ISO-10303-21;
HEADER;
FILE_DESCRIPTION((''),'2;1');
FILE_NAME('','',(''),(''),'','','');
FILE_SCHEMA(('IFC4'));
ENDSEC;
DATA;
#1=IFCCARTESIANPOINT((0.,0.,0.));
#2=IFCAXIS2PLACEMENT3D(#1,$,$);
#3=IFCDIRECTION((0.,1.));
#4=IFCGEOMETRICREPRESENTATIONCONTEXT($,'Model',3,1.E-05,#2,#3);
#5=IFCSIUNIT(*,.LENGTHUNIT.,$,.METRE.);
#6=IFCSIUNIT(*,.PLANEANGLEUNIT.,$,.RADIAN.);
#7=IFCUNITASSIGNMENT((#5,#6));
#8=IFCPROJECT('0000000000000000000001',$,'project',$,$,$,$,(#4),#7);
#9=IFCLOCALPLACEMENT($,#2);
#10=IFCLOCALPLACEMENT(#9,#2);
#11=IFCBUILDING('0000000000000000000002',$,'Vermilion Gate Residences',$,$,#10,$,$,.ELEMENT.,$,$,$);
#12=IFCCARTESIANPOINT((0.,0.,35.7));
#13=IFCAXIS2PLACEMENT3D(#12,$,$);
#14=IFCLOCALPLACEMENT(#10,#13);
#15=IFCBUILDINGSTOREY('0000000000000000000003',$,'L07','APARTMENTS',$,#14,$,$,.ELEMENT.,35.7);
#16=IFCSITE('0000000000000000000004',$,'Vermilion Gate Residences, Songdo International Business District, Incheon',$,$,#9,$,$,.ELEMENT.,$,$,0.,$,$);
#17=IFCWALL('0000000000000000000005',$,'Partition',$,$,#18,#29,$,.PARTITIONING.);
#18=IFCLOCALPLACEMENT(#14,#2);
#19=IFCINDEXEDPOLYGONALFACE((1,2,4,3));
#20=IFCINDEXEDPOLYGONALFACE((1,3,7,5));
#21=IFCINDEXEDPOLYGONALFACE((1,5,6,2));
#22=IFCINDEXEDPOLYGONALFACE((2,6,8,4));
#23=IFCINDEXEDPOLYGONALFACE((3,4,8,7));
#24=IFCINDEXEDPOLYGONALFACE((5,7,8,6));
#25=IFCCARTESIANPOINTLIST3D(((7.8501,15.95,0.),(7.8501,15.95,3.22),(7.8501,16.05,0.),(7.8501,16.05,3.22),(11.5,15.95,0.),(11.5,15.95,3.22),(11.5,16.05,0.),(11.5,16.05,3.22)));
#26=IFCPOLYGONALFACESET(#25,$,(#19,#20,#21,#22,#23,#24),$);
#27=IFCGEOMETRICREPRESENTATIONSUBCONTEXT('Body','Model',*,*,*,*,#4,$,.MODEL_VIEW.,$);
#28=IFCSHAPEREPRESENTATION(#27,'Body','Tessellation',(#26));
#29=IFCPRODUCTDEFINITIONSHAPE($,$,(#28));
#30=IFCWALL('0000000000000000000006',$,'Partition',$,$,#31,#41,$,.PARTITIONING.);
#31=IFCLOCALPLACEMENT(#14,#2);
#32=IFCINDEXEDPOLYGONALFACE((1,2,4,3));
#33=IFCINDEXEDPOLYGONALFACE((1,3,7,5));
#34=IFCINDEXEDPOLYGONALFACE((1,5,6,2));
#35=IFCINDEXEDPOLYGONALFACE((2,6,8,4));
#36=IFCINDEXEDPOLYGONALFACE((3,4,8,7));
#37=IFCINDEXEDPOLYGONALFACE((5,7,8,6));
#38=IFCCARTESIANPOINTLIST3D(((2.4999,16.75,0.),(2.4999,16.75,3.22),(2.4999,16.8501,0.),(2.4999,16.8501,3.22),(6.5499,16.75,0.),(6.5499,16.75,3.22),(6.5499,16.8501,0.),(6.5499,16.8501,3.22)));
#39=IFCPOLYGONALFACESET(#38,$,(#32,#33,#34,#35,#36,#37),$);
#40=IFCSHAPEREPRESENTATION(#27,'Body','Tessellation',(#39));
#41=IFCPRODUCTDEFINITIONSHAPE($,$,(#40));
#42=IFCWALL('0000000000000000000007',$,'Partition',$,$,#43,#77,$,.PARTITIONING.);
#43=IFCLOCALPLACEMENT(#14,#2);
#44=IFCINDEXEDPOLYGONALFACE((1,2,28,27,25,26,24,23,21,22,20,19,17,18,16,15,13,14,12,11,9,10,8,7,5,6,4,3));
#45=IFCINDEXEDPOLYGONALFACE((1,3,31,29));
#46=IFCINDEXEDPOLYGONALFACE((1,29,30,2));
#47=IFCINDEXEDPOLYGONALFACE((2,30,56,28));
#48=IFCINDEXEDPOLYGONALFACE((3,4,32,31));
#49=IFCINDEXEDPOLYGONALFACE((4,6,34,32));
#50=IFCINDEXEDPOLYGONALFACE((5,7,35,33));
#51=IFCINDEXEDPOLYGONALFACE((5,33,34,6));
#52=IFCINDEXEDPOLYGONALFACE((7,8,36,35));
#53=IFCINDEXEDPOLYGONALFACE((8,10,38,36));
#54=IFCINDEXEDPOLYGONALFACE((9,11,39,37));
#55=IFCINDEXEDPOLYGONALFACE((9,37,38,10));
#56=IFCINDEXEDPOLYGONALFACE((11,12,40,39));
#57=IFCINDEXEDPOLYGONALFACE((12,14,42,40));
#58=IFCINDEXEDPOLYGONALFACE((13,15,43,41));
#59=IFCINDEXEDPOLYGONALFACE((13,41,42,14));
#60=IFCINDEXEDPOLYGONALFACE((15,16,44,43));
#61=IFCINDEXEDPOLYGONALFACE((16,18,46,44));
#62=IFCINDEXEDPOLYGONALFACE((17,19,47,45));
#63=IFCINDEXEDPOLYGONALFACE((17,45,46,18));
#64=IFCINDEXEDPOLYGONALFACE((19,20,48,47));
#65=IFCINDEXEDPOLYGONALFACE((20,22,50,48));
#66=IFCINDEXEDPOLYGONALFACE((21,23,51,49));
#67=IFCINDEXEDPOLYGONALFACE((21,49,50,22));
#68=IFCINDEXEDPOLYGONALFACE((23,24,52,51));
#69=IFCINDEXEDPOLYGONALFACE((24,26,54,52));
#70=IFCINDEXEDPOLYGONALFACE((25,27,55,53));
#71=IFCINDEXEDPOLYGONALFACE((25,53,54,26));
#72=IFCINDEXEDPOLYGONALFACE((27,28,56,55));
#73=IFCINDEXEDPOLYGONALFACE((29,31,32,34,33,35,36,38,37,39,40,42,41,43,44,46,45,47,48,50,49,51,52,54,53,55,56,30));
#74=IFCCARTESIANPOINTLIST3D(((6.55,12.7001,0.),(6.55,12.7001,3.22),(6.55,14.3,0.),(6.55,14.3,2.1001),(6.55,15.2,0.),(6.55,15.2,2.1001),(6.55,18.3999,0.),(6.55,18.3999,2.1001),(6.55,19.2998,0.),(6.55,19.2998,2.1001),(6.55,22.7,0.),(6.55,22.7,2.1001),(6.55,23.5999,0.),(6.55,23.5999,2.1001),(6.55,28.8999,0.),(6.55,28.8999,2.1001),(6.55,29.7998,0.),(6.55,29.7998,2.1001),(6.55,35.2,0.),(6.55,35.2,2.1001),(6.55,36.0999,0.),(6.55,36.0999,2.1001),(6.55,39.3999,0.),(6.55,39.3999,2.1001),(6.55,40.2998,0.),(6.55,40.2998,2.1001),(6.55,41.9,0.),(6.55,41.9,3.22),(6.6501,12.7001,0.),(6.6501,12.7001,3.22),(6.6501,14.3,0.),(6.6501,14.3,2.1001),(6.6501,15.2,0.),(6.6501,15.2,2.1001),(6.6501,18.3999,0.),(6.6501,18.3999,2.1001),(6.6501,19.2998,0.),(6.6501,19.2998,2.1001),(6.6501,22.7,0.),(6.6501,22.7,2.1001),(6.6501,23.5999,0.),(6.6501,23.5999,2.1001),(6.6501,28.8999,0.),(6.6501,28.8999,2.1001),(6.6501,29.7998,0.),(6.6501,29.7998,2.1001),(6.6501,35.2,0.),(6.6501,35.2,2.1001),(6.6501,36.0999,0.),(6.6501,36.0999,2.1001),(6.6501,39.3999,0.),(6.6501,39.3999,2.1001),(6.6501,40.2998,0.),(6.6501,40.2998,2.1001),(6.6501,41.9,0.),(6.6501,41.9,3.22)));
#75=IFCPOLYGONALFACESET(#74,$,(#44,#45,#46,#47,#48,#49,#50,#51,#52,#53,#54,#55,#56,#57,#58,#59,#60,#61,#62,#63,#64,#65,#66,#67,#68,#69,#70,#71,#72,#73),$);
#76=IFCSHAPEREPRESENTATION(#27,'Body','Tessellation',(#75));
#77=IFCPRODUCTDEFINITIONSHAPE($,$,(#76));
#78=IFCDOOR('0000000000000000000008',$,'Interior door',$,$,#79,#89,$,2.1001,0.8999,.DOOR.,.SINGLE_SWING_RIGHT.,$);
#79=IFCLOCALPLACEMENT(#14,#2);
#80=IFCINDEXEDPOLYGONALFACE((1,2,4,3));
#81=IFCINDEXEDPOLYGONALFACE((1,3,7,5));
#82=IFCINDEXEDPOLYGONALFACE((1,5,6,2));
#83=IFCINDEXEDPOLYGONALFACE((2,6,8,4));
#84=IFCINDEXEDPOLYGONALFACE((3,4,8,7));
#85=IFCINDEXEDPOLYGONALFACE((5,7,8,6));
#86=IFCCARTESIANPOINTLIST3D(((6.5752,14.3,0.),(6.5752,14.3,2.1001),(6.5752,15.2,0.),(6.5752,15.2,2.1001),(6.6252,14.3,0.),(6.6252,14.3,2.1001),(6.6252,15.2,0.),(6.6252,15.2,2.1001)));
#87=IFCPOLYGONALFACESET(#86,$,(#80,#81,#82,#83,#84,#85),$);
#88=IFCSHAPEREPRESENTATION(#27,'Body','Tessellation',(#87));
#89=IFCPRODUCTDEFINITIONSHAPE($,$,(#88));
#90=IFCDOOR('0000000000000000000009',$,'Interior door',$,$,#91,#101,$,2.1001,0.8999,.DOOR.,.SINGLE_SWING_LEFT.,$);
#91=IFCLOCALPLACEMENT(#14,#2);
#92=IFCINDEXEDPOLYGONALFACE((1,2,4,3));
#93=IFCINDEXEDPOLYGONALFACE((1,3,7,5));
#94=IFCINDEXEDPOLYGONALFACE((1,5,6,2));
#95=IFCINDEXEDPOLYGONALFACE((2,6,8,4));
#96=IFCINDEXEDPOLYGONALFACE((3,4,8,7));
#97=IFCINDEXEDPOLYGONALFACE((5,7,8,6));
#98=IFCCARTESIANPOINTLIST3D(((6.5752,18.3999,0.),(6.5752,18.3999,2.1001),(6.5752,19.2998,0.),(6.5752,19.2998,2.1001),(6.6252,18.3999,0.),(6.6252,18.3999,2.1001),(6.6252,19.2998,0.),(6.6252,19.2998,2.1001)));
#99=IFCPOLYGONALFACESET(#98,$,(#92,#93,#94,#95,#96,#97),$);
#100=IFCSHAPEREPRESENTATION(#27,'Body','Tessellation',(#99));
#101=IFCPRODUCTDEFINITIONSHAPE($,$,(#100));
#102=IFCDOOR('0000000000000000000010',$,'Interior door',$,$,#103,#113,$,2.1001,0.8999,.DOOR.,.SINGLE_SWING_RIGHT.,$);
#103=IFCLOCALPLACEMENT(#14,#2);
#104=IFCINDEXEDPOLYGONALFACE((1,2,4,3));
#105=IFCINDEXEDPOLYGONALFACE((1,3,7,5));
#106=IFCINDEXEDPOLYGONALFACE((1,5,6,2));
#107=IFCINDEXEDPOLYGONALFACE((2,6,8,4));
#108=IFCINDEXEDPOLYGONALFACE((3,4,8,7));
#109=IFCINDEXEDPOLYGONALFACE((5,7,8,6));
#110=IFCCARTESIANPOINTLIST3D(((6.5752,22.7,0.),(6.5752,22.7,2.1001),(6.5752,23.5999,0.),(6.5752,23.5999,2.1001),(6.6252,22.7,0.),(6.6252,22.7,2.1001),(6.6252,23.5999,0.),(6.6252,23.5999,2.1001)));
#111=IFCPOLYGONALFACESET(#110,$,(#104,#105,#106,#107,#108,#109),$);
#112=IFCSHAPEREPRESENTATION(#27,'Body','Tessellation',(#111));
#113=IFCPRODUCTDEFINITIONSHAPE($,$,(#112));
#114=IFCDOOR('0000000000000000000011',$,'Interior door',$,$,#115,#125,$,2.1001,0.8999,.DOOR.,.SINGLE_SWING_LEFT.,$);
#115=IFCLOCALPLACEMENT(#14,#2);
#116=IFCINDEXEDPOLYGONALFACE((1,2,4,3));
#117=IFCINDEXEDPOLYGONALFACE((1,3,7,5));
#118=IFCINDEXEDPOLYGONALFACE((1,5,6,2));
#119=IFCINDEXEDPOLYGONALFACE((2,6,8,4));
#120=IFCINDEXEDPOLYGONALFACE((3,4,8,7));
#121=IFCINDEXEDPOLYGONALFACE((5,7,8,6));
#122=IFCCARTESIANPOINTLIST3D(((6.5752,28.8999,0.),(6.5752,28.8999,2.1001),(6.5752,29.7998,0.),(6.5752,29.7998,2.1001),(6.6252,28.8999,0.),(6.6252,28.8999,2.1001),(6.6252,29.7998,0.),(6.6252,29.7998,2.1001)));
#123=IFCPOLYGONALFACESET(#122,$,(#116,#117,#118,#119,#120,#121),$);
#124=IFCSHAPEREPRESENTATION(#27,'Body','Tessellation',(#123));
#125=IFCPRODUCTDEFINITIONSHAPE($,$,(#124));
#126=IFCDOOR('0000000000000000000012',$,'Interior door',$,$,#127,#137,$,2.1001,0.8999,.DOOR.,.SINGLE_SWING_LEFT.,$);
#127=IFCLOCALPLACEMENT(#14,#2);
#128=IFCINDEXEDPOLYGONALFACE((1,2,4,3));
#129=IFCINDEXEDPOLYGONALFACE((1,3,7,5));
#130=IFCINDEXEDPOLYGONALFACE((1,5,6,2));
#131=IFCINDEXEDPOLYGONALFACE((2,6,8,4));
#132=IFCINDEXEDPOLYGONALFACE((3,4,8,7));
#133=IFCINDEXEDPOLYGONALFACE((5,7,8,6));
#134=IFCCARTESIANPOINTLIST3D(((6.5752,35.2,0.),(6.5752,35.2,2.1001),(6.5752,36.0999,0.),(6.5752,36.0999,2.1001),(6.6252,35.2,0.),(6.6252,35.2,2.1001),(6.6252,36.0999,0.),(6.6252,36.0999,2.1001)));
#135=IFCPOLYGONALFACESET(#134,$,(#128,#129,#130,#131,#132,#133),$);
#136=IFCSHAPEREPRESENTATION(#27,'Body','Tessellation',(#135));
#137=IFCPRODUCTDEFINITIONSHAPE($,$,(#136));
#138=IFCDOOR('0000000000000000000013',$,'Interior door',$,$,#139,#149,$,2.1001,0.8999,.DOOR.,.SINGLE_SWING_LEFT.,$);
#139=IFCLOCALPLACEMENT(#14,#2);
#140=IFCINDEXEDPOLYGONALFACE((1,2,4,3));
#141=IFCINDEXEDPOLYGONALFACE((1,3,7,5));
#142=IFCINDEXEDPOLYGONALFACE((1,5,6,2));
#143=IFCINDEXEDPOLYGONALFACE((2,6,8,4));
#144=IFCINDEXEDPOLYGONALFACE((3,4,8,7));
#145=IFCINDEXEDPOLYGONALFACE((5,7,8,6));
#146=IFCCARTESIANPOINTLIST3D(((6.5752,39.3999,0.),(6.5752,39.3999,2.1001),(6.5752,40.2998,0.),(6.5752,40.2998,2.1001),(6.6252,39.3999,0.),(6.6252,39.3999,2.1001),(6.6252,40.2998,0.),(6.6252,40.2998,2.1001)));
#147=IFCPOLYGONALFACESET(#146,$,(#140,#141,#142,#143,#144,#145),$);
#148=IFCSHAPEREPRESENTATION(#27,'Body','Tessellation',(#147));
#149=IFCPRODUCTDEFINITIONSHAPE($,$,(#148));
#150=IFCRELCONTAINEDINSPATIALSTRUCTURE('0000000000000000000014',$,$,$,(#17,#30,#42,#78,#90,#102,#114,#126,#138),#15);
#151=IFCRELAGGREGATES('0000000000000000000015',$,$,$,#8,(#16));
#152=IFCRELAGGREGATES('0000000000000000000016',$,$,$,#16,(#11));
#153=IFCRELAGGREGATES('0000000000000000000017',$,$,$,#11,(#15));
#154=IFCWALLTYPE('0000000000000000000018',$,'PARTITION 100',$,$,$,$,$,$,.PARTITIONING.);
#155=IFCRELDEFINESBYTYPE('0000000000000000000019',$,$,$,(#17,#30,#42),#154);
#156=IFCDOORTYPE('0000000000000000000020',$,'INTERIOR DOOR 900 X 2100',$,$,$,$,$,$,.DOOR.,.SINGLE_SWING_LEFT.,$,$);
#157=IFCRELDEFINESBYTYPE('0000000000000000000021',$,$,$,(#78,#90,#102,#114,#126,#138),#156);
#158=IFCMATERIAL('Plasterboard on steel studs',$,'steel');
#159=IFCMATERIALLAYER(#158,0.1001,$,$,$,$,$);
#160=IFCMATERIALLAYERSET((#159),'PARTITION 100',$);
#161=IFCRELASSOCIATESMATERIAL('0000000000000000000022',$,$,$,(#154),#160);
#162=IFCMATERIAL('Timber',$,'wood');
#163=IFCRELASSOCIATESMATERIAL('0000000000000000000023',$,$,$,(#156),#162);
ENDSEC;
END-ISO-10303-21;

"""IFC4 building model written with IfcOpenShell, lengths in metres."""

from ifc_helpers import new_model, si_unit, direction, frame, frame_2d, origin, place, context, subcontext, project, spatial, rectangle, extrude, material, layer, layer_set, type_object, element, fill, save


model = new_model("IFC4")

# Units and contexts
model_context = context("Model", 3, precision=1e-05, world=origin(), true_north=direction((0.0, 1.0)))
body_context = subcontext(model_context, "Body", "Model", "MODEL_VIEW")
ifc_project = project(units=[si_unit("LENGTHUNIT", "METRE"), si_unit("PLANEANGLEUNIT", "RADIAN")], contexts=[model_context])

# Site, building, storey
site_placement = place(None, origin())
site = spatial("IfcSite", under=ifc_project, at=site_placement, Name="Vermilion Gate Residences, Songdo International Business District, Incheon", CompositionType="ELEMENT", RefElevation=0.0)
building_placement = place(site_placement, origin())
building = spatial("IfcBuilding", under=site, at=building_placement, Name="Vermilion Gate Residences", CompositionType="ELEMENT")
storey_placement = place(building_placement, frame((0.0, 0.0, 35.7)))
storey = spatial("IfcBuildingStorey", under=building, at=storey_placement, Name="L07", Description="APARTMENTS", CompositionType="ELEMENT", Elevation=35.7)

# Walls
ifc_material_1 = material(Name="Plasterboard on steel studs", Category="steel")
ifc_layer_1 = layer(ifc_material_1, 0.1001)
ifc_layer_set_1 = layer_set([ifc_layer_1], Name="PARTITION 100")
wall_type_1 = type_object("IfcWallType", Name="PARTITION 100", PredefinedType="PARTITIONING", material=ifc_layer_set_1)
wall_1_placement = place(storey_placement, frame((7.8501, 16.0, 0.0), z_axis=(0.0, 0.0, 1.0), x_axis=(1.0, 0.0, 0.0)))
element("IfcWall", 1, at=wall_1_placement, inside=storey, type_object=wall_type_1, Name="Partition", PredefinedType="PARTITIONING", context=body_context, shape_type="SweptSolid", body=[
    extrude(rectangle(XDim=3.6499, YDim=0.1001, at=frame_2d((1.825, 0.0))), origin(), (0.0, 0.0, 1.0), 3.22),
])
wall_2_placement = place(storey_placement, frame((2.5, 16.8, 0.0), z_axis=(0.0, 0.0, 1.0), x_axis=(1.0, 0.0, 0.0)))
element("IfcWall", 2, at=wall_2_placement, inside=storey, type_object=wall_type_1, Name="Partition", PredefinedType="PARTITIONING", context=body_context, shape_type="SweptSolid", body=[
    extrude(rectangle(XDim=4.05, YDim=0.1001, at=frame_2d((2.0249, 0.0))), origin(), (0.0, 0.0, 1.0), 3.22),
])

# Wall, openings, doors
wall_3_placement = place(storey_placement, frame((6.6001, 12.7, 0.0), z_axis=(0.0, 0.0, 1.0), x_axis=(0.0, 1.0, 0.0)))
wall_3 = element("IfcWall", 3, at=wall_3_placement, inside=storey, type_object=wall_type_1, Name="Partition", PredefinedType="PARTITIONING", context=body_context, shape_type="SweptSolid", body=[
    extrude(rectangle(XDim=29.2, YDim=0.1001, at=frame_2d((14.6001, 0.0))), origin(), (0.0, 0.0, 1.0), 3.22),
])
opening_1_placement = place(wall_3_placement, frame((1.6001, 0.0, 0.0)))
opening_1 = element("IfcOpeningElement", 4, at=opening_1_placement, cuts=wall_3, PredefinedType="OPENING", context=body_context, shape_type="SweptSolid", body=[
    extrude(rectangle(XDim=0.8999, YDim=2.1001, at=frame_2d((0.45, 1.05))), frame((0.0, 0.0601, 0.0), z_axis=(0.0, -1.0, 0.0), x_axis=(1.0, 0.0, 0.0)), (0.0, 0.0, 1.0), 0.1201),
])
opening_2_placement = place(wall_3_placement, frame((5.7, 0.0, 0.0)))
opening_2 = element("IfcOpeningElement", 5, at=opening_2_placement, cuts=wall_3, PredefinedType="OPENING", context=body_context, shape_type="SweptSolid", body=[
    extrude(rectangle(XDim=0.8999, YDim=2.1001, at=frame_2d((0.45, 1.05))), frame((0.0, 0.0601, 0.0), z_axis=(0.0, -1.0, 0.0), x_axis=(1.0, 0.0, 0.0)), (0.0, 0.0, 1.0), 0.1201),
])
opening_3_placement = place(wall_3_placement, frame((10.0, 0.0, 0.0)))
opening_3 = element("IfcOpeningElement", 6, at=opening_3_placement, cuts=wall_3, PredefinedType="OPENING", context=body_context, shape_type="SweptSolid", body=[
    extrude(rectangle(XDim=0.8999, YDim=2.1001, at=frame_2d((0.45, 1.05))), frame((0.0, 0.0601, 0.0), z_axis=(0.0, -1.0, 0.0), x_axis=(1.0, 0.0, 0.0)), (0.0, 0.0, 1.0), 0.1201),
])
opening_4_placement = place(wall_3_placement, frame((16.2, 0.0, 0.0)))
opening_4 = element("IfcOpeningElement", 7, at=opening_4_placement, cuts=wall_3, PredefinedType="OPENING", context=body_context, shape_type="SweptSolid", body=[
    extrude(rectangle(XDim=0.8999, YDim=2.1001, at=frame_2d((0.45, 1.05))), frame((0.0, 0.0601, 0.0), z_axis=(0.0, -1.0, 0.0), x_axis=(1.0, 0.0, 0.0)), (0.0, 0.0, 1.0), 0.1201),
])
opening_5_placement = place(wall_3_placement, frame((22.5, 0.0, 0.0)))
opening_5 = element("IfcOpeningElement", 8, at=opening_5_placement, cuts=wall_3, PredefinedType="OPENING", context=body_context, shape_type="SweptSolid", body=[
    extrude(rectangle(XDim=0.8999, YDim=2.1001, at=frame_2d((0.45, 1.05))), frame((0.0, 0.0601, 0.0), z_axis=(0.0, -1.0, 0.0), x_axis=(1.0, 0.0, 0.0)), (0.0, 0.0, 1.0), 0.1201),
])
opening_6_placement = place(wall_3_placement, frame((26.7, 0.0, 0.0)))
opening_6 = element("IfcOpeningElement", 9, at=opening_6_placement, cuts=wall_3, PredefinedType="OPENING", context=body_context, shape_type="SweptSolid", body=[
    extrude(rectangle(XDim=0.8999, YDim=2.1001, at=frame_2d((0.45, 1.05))), frame((0.0, 0.0601, 0.0), z_axis=(0.0, -1.0, 0.0), x_axis=(1.0, 0.0, 0.0)), (0.0, 0.0, 1.0), 0.1201),
])
ifc_material_2 = material(Name="Timber", Category="wood")
door_type_1 = type_object("IfcDoorType", Name="INTERIOR DOOR 900 X 2100", OperationType="SINGLE_SWING_LEFT", PredefinedType="DOOR", material=ifc_material_2)
door_1_placement = place(opening_1_placement, origin())
door_1 = element("IfcDoor", 10, at=door_1_placement, inside=storey, type_object=door_type_1, Name="Interior door", OperationType="SINGLE_SWING_RIGHT", OverallHeight=2.1001, OverallWidth=0.8999, PredefinedType="DOOR", context=body_context, shape_type="SweptSolid", body=[
    extrude(rectangle(XDim=0.8999, YDim=2.1001, at=frame_2d((0.45, 1.05))), frame((0.0, 0.0249, 0.0), z_axis=(0.0, -1.0, 0.0), x_axis=(1.0, 0.0, 0.0)), (0.0, 0.0, 1.0), 0.05),
])
fill(opening_1, door_1)
door_2_placement = place(opening_2_placement, origin())
door_2 = element("IfcDoor", 11, at=door_2_placement, inside=storey, type_object=door_type_1, Name="Interior door", OperationType="SINGLE_SWING_LEFT", OverallHeight=2.1001, OverallWidth=0.8999, PredefinedType="DOOR", context=body_context, shape_type="SweptSolid", body=[
    extrude(rectangle(XDim=0.8999, YDim=2.1001, at=frame_2d((0.45, 1.05))), frame((0.0, 0.0249, 0.0), z_axis=(0.0, -1.0, 0.0), x_axis=(1.0, 0.0, 0.0)), (0.0, 0.0, 1.0), 0.05),
])
fill(opening_2, door_2)
door_3_placement = place(opening_3_placement, origin())
door_3 = element("IfcDoor", 12, at=door_3_placement, inside=storey, type_object=door_type_1, Name="Interior door", OperationType="SINGLE_SWING_RIGHT", OverallHeight=2.1001, OverallWidth=0.8999, PredefinedType="DOOR", context=body_context, shape_type="SweptSolid", body=[
    extrude(rectangle(XDim=0.8999, YDim=2.1001, at=frame_2d((0.45, 1.05))), frame((0.0, 0.0249, 0.0), z_axis=(0.0, -1.0, 0.0), x_axis=(1.0, 0.0, 0.0)), (0.0, 0.0, 1.0), 0.05),
])
fill(opening_3, door_3)
door_4_placement = place(opening_4_placement, origin())
door_4 = element("IfcDoor", 13, at=door_4_placement, inside=storey, type_object=door_type_1, Name="Interior door", OperationType="SINGLE_SWING_LEFT", OverallHeight=2.1001, OverallWidth=0.8999, PredefinedType="DOOR", context=body_context, shape_type="SweptSolid", body=[
    extrude(rectangle(XDim=0.8999, YDim=2.1001, at=frame_2d((0.45, 1.05))), frame((0.0, 0.0249, 0.0), z_axis=(0.0, -1.0, 0.0), x_axis=(1.0, 0.0, 0.0)), (0.0, 0.0, 1.0), 0.05),
])
fill(opening_4, door_4)
door_5_placement = place(opening_5_placement, origin())
door_5 = element("IfcDoor", 14, at=door_5_placement, inside=storey, type_object=door_type_1, Name="Interior door", OperationType="SINGLE_SWING_LEFT", OverallHeight=2.1001, OverallWidth=0.8999, PredefinedType="DOOR", context=body_context, shape_type="SweptSolid", body=[
    extrude(rectangle(XDim=0.8999, YDim=2.1001, at=frame_2d((0.45, 1.05))), frame((0.0, 0.0249, 0.0), z_axis=(0.0, -1.0, 0.0), x_axis=(1.0, 0.0, 0.0)), (0.0, 0.0, 1.0), 0.05),
])
fill(opening_5, door_5)
door_6_placement = place(opening_6_placement, origin())
door_6 = element("IfcDoor", 15, at=door_6_placement, inside=storey, type_object=door_type_1, Name="Interior door", OperationType="SINGLE_SWING_LEFT", OverallHeight=2.1001, OverallWidth=0.8999, PredefinedType="DOOR", context=body_context, shape_type="SweptSolid", body=[
    extrude(rectangle(XDim=0.8999, YDim=2.1001, at=frame_2d((0.45, 1.05))), frame((0.0, 0.0249, 0.0), z_axis=(0.0, -1.0, 0.0), x_axis=(1.0, 0.0, 0.0)), (0.0, 0.0, 1.0), 0.05),
])
fill(opening_6, door_6)

save(model, "model.ifc")
